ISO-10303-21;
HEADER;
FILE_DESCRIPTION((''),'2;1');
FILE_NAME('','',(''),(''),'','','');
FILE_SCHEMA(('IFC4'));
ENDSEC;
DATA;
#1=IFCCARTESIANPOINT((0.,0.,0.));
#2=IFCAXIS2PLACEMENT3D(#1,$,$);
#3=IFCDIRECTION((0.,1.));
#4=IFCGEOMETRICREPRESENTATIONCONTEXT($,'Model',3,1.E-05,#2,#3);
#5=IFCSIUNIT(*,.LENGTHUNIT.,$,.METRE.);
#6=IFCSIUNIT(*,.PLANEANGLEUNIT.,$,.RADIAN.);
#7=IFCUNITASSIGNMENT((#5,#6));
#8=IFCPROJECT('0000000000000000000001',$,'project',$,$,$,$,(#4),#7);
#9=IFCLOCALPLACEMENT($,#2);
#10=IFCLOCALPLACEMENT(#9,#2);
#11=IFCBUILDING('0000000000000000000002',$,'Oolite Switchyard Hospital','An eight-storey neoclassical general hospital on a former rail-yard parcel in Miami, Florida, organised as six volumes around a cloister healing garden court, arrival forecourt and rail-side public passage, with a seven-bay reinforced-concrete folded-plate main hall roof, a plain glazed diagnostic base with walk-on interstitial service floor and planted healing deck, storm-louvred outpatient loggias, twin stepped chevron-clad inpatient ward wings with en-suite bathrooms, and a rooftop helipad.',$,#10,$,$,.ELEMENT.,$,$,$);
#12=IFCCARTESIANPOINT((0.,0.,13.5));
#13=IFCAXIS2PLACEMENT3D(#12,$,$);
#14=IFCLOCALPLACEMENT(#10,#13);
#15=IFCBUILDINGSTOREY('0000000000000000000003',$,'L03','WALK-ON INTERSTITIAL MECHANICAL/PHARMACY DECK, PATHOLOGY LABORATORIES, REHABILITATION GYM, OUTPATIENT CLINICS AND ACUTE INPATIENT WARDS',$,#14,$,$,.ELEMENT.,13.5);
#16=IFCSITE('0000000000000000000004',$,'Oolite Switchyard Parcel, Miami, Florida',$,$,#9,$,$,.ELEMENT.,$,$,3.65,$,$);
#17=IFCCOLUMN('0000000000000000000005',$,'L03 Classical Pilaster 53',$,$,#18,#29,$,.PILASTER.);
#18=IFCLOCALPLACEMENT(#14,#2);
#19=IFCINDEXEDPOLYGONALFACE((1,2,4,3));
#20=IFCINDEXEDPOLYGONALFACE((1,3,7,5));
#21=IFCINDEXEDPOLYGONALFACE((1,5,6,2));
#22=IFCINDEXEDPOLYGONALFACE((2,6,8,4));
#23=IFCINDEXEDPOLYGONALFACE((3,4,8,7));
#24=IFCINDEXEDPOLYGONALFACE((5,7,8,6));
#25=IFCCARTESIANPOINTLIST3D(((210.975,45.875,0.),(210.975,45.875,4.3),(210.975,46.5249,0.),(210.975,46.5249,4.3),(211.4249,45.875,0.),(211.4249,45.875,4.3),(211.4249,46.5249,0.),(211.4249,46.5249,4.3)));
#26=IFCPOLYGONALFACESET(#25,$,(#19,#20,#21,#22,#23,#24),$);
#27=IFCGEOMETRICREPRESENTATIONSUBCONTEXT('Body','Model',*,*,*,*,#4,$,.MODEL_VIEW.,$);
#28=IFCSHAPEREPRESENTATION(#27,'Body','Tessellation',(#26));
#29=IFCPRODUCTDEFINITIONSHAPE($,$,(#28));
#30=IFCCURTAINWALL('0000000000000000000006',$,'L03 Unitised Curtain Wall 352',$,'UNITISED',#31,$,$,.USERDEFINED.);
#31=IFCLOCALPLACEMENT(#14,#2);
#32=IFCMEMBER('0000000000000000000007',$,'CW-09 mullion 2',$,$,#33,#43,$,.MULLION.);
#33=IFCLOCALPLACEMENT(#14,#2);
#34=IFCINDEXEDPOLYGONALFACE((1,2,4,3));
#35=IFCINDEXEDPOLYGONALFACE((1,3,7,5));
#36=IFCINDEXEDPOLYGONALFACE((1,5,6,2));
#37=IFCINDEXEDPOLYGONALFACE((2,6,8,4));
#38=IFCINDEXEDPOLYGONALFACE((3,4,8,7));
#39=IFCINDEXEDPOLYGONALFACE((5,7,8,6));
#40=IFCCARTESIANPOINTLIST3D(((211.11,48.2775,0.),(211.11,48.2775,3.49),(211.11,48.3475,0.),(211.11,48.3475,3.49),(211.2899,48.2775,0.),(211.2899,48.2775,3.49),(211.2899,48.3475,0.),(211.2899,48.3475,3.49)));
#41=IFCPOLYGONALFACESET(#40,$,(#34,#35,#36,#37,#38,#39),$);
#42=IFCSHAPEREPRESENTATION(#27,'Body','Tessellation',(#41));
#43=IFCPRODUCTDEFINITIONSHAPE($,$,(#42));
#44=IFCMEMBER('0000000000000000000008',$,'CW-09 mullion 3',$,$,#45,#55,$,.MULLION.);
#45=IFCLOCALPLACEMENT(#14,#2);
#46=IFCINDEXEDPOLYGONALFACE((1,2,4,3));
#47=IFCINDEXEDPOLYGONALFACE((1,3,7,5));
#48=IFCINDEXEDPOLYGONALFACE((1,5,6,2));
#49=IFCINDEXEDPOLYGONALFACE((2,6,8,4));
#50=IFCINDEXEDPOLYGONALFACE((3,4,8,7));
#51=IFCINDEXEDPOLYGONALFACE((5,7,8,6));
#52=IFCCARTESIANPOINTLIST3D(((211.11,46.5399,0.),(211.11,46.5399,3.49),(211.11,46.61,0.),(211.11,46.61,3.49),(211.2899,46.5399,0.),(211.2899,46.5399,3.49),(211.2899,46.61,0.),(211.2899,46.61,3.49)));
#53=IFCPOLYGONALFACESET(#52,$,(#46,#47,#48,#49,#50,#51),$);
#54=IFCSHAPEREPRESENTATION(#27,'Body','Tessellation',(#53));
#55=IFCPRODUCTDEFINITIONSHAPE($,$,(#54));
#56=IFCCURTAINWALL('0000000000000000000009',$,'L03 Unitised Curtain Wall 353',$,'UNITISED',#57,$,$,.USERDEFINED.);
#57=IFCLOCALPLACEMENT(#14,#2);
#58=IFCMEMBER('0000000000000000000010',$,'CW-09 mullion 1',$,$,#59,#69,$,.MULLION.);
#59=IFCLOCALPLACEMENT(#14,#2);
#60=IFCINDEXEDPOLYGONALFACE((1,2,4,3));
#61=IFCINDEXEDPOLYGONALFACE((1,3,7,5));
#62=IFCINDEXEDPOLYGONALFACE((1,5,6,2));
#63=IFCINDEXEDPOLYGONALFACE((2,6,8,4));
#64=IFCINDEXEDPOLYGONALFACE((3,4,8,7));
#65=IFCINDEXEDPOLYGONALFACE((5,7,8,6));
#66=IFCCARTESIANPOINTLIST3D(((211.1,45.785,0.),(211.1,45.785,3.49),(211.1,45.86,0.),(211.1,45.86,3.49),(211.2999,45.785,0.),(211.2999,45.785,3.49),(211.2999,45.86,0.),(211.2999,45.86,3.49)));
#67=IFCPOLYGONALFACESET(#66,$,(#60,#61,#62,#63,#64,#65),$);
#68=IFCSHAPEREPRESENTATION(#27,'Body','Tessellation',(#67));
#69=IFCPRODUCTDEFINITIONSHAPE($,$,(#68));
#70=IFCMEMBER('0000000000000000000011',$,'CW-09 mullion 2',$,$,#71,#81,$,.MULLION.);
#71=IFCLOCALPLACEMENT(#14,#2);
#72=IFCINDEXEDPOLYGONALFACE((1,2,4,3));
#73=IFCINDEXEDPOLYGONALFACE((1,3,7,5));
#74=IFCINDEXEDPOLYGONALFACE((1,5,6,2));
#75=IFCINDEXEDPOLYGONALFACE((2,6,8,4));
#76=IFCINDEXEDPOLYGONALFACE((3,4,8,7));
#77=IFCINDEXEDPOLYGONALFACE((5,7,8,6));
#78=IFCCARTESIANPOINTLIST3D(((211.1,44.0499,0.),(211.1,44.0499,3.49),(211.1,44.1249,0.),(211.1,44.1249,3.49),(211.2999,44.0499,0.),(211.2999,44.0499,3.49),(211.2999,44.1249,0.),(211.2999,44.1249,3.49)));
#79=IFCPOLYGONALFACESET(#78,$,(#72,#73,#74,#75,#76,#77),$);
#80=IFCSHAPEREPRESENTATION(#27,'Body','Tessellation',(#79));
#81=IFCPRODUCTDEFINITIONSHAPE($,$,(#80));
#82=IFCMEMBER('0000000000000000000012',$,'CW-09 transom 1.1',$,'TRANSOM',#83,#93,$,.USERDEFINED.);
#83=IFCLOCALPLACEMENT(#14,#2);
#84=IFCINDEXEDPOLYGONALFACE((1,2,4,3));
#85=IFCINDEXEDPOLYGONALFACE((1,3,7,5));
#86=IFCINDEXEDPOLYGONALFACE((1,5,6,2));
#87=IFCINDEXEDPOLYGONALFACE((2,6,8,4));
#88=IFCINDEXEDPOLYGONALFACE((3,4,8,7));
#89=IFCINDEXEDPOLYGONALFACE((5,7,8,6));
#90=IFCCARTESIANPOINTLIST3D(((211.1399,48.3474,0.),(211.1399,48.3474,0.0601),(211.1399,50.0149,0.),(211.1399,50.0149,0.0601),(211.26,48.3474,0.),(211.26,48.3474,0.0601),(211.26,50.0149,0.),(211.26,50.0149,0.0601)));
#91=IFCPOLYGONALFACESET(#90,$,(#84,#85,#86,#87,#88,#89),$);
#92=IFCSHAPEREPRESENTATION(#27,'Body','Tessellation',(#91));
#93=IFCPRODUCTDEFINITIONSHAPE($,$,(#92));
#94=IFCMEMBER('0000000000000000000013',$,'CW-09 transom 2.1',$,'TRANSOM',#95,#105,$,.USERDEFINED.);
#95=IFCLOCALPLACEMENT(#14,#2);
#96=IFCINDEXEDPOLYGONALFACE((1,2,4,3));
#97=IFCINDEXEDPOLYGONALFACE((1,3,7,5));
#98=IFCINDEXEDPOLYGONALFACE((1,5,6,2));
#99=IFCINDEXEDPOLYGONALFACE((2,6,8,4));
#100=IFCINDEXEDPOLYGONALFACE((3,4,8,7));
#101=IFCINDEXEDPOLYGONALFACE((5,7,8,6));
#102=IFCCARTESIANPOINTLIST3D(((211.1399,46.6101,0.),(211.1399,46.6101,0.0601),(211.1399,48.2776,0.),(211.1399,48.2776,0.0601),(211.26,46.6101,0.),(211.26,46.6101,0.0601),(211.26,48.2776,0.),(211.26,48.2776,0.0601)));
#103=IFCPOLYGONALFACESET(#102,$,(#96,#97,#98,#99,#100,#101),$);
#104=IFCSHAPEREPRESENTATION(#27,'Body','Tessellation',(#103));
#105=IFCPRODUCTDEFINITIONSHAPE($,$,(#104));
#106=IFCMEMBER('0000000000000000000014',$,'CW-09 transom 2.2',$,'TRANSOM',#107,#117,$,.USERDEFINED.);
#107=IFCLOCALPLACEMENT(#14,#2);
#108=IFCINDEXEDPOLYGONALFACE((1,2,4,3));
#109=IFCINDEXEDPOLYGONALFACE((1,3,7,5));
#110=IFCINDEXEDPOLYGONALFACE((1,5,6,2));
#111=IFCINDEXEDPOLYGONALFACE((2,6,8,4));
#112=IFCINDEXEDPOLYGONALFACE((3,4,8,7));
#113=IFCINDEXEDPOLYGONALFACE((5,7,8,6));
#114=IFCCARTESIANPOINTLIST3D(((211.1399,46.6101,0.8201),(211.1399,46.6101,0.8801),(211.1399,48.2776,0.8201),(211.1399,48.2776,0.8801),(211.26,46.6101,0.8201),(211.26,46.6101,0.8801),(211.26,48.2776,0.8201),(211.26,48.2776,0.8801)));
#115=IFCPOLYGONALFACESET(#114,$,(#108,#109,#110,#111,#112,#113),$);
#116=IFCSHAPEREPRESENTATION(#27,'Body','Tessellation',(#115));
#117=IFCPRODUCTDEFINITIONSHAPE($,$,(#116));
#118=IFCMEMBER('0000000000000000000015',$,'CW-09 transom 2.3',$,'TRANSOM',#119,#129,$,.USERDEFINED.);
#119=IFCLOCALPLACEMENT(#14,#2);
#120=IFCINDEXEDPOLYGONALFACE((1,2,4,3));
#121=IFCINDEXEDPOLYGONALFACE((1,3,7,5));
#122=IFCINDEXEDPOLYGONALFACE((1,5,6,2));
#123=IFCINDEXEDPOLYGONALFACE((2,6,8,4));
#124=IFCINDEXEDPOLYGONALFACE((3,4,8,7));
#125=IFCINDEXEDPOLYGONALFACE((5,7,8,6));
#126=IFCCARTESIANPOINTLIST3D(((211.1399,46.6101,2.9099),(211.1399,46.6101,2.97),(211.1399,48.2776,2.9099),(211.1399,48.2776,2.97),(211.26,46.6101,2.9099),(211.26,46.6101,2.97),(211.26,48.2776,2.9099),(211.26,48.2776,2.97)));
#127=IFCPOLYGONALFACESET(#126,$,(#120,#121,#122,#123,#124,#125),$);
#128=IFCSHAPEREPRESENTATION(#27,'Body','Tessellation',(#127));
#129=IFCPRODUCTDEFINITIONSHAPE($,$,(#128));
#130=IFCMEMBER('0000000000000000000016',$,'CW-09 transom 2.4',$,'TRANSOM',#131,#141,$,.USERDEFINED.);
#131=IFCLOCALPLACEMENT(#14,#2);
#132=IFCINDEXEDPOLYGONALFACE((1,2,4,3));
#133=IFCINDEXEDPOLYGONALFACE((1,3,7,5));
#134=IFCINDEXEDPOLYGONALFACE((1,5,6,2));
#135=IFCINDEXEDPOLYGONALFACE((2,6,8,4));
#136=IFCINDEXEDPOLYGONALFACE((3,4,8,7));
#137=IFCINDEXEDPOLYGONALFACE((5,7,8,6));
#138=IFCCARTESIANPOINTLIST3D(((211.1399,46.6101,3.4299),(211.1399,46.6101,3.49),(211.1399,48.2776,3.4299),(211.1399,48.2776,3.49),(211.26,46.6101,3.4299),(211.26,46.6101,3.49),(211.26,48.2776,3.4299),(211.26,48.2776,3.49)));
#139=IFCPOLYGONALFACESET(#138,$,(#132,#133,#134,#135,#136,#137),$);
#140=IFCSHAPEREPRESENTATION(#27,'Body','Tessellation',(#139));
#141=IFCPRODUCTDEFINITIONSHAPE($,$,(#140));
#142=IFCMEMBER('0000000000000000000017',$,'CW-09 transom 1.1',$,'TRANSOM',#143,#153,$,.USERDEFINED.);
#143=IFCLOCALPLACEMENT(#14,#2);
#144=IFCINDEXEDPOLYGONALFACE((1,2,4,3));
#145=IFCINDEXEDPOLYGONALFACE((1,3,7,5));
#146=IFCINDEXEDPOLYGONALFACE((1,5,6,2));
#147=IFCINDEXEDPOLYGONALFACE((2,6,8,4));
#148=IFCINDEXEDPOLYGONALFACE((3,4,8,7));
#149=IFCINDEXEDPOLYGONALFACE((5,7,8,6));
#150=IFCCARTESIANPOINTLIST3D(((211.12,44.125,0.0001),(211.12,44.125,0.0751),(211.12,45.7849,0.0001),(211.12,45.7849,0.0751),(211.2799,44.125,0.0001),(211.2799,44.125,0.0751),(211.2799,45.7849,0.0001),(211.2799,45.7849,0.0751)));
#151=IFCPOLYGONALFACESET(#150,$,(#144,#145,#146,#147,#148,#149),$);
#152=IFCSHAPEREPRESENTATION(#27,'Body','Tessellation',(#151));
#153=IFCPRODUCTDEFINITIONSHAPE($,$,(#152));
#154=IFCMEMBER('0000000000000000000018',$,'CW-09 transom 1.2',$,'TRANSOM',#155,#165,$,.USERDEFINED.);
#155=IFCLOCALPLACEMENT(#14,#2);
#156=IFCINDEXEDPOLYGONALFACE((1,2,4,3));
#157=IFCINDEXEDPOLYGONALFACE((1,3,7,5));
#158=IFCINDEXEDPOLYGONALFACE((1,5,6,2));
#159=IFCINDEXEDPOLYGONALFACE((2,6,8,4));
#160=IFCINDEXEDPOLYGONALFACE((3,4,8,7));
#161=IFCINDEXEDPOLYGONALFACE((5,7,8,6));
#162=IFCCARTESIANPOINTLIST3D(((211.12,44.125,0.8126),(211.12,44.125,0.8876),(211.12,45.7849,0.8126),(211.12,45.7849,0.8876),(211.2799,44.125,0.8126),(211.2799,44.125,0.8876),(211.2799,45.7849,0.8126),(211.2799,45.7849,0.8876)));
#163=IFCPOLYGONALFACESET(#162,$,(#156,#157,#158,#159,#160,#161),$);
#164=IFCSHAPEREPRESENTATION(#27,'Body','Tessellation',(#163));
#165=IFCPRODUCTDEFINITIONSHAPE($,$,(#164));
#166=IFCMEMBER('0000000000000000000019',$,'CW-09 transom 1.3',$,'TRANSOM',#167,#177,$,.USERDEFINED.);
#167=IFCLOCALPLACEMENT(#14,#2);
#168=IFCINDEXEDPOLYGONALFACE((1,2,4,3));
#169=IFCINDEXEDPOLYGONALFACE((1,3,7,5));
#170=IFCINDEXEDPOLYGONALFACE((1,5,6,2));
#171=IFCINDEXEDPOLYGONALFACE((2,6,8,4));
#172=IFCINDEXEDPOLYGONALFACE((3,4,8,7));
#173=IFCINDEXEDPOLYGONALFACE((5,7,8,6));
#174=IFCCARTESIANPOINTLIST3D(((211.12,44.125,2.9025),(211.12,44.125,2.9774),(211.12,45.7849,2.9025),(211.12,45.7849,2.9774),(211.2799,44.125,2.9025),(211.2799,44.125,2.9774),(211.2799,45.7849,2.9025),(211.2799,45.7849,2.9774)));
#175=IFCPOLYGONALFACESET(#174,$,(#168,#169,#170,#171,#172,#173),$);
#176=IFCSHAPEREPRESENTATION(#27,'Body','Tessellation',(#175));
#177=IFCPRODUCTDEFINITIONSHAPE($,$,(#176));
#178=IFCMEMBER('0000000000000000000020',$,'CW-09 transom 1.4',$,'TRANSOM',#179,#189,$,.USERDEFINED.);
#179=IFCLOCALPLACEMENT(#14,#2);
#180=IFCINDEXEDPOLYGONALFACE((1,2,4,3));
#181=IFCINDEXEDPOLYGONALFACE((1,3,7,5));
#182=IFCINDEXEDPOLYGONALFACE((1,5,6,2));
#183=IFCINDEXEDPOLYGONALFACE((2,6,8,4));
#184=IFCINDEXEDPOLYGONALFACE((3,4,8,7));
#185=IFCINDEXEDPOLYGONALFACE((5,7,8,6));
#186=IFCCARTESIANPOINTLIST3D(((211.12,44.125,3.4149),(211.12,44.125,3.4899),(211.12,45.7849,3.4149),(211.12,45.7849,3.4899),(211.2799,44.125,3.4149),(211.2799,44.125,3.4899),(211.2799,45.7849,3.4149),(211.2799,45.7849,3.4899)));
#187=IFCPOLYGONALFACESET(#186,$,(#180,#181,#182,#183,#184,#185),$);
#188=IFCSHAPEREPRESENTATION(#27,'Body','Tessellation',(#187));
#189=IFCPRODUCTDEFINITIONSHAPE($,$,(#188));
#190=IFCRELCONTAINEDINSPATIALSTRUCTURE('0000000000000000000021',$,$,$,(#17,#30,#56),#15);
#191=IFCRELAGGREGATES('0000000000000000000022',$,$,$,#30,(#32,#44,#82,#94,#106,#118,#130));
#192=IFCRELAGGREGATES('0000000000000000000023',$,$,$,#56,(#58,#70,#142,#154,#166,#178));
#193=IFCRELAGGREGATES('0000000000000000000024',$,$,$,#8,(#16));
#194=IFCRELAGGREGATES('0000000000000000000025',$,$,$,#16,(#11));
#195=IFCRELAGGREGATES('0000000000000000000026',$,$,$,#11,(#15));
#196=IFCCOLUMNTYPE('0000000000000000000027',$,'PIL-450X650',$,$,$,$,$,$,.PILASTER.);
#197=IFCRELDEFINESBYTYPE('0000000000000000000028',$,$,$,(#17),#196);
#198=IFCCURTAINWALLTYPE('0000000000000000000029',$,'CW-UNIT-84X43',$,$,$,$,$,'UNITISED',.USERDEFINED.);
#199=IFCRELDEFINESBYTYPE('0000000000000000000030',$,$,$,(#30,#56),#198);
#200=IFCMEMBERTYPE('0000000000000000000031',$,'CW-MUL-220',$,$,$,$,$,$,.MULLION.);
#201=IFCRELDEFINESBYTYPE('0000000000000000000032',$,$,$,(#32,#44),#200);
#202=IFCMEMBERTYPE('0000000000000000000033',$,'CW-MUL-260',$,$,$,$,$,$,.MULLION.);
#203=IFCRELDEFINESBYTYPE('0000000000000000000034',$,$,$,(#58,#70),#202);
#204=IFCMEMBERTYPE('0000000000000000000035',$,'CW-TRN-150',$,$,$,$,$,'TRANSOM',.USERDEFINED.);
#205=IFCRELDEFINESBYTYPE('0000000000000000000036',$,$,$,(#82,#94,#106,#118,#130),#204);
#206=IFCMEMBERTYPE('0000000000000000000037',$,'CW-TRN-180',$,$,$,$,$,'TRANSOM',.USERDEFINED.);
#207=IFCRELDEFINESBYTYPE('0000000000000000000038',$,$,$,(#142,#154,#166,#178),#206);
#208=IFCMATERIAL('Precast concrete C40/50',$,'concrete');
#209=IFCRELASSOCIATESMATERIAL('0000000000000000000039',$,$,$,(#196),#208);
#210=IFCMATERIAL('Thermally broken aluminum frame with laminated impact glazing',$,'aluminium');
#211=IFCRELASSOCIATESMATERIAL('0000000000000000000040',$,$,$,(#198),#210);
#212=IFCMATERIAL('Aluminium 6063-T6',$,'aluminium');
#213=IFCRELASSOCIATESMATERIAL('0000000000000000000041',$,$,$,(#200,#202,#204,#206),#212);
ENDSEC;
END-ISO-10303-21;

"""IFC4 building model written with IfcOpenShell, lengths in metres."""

from ifc_helpers import new_model, si_unit, direction, frame, origin, origin_2d, place, context, subcontext, project, spatial, rectangle, extrude, material, material_profile, profile_set, type_object, element, aggregate, save


model = new_model("IFC4")

# Units and contexts
model_context = context("Model", 3, precision=1e-05, world=origin(), true_north=direction((0.0, 1.0)))
body_context = subcontext(model_context, "Body", "Model", "MODEL_VIEW")
ifc_project = project(units=[si_unit("LENGTHUNIT", "METRE"), si_unit("PLANEANGLEUNIT", "RADIAN")], contexts=[model_context])

# Site, building, storey
site_placement = place(None, origin())
site = spatial("IfcSite", under=ifc_project, at=site_placement, Name="Oolite Switchyard Parcel, Miami, Florida", CompositionType="ELEMENT", RefElevation=3.65)
building_placement = place(site_placement, origin())
building = spatial("IfcBuilding", under=site, at=building_placement, Name="Oolite Switchyard Hospital", Description="An eight-storey neoclassical general hospital on a former rail-yard parcel in Miami, Florida, organised as six volumes around a cloister healing garden court, arrival forecourt and rail-side public passage, with a seven-bay reinforced-concrete folded-plate main hall roof, a plain glazed diagnostic base with walk-on interstitial service floor and planted healing deck, storm-louvred outpatient loggias, twin stepped chevron-clad inpatient ward wings with en-suite bathrooms, and a rooftop helipad.", CompositionType="ELEMENT")
storey_placement = place(building_placement, frame((0.0, 0.0, 13.5)))
storey = spatial("IfcBuildingStorey", under=building, at=storey_placement, Name="L03", Description="WALK-ON INTERSTITIAL MECHANICAL/PHARMACY DECK, PATHOLOGY LABORATORIES, REHABILITATION GYM, OUTPATIENT CLINICS AND ACUTE INPATIENT WARDS", CompositionType="ELEMENT", Elevation=13.5)

# Column
ifc_material_1 = material(Name="Precast concrete C40/50", Category="concrete")
ifc_material_profile_1 = material_profile(ifc_material_1, rectangle(XDim=0.45, YDim=0.6499, at=origin_2d()), Name="PIL450X650")
ifc_profile_set_1 = profile_set([ifc_material_profile_1], Name="Precast concrete C40/50")
column_type = type_object("IfcColumnType", Name="PIL-450X650", PredefinedType="PILASTER", material=ifc_profile_set_1)
column_placement = place(storey_placement, frame((211.2, 46.2, 0.0), z_axis=(0.0, 0.0, 1.0), x_axis=(1.0, 0.0, 0.0)))
element("IfcColumn", 1, at=column_placement, inside=storey, type_object=column_type, Name="L03 Classical Pilaster 53", PredefinedType="PILASTER", context=body_context, shape_type="SweptSolid", body=[
    extrude(rectangle(XDim=0.45, YDim=0.6499, at=origin_2d()), origin(), (0.0, 0.0, 1.0), 4.3),
])

# Curtain walls, members
ifc_material_2 = material(Name="Thermally broken aluminum frame with laminated impact glazing", Category="aluminium")
curtain_wall_type = type_object("IfcCurtainWallType", Name="CW-UNIT-84X43", ElementType="UNITISED", PredefinedType="USERDEFINED", material=ifc_material_2)
curtain_wall_1_placement = place(storey_placement, origin())
curtain_wall_1 = element("IfcCurtainWall", 2, at=curtain_wall_1_placement, inside=storey, type_object=curtain_wall_type, Name="L03 Unitised Curtain Wall 352", ObjectType="UNITISED", PredefinedType="USERDEFINED")
ifc_material_3 = material(Name="Aluminium 6063-T6", Category="aluminium")
ifc_material_profile_2 = material_profile(ifc_material_3, rectangle(XDim=0.1799, YDim=0.0701, at=origin_2d()), Name="CWM70X180")
ifc_profile_set_2 = profile_set([ifc_material_profile_2], Name="Aluminium 6063-T6")
member_type_1 = type_object("IfcMemberType", Name="CW-MUL-220", PredefinedType="MULLION", material=ifc_profile_set_2)
member_1_placement = place(storey_placement, frame((211.2, 48.3125, 0.0), z_axis=(0.0, 0.0, 1.0), x_axis=(1.0, 0.0, 0.0)))
member_1 = element("IfcMember", 3, at=member_1_placement, type_object=member_type_1, Name="CW-09 mullion 2", PredefinedType="MULLION", context=body_context, shape_type="SweptSolid", body=[
    extrude(rectangle(XDim=0.1799, YDim=0.0701, at=origin_2d()), origin(), (0.0, 0.0, 1.0), 3.49),
])
member_2_placement = place(storey_placement, frame((211.2, 46.575, 0.0), z_axis=(0.0, 0.0, 1.0), x_axis=(1.0, 0.0, 0.0)))
member_2 = element("IfcMember", 4, at=member_2_placement, type_object=member_type_1, Name="CW-09 mullion 3", PredefinedType="MULLION", context=body_context, shape_type="SweptSolid", body=[
    extrude(rectangle(XDim=0.1799, YDim=0.0701, at=origin_2d()), origin(), (0.0, 0.0, 1.0), 3.49),
])
curtain_wall_2_placement = place(storey_placement, origin())
curtain_wall_2 = element("IfcCurtainWall", 5, at=curtain_wall_2_placement, inside=storey, type_object=curtain_wall_type, Name="L03 Unitised Curtain Wall 353", ObjectType="UNITISED", PredefinedType="USERDEFINED")
ifc_material_profile_3 = material_profile(ifc_material_3, rectangle(XDim=0.2, YDim=0.075, at=origin_2d()), Name="CWM75X200")
ifc_profile_set_3 = profile_set([ifc_material_profile_3], Name="Aluminium 6063-T6")
member_type_2 = type_object("IfcMemberType", Name="CW-MUL-260", PredefinedType="MULLION", material=ifc_profile_set_3)
member_3_placement = place(storey_placement, frame((211.2, 45.8225, 0.0), z_axis=(0.0, 0.0, 1.0), x_axis=(1.0, 0.0, 0.0)))
member_3 = element("IfcMember", 6, at=member_3_placement, type_object=member_type_2, Name="CW-09 mullion 1", PredefinedType="MULLION", context=body_context, shape_type="SweptSolid", body=[
    extrude(rectangle(XDim=0.2, YDim=0.075, at=origin_2d()), origin(), (0.0, 0.0, 1.0), 3.49),
])
member_4_placement = place(storey_placement, frame((211.2, 44.0874, 0.0), z_axis=(0.0, 0.0, 1.0), x_axis=(1.0, 0.0, 0.0)))
member_4 = element("IfcMember", 7, at=member_4_placement, type_object=member_type_2, Name="CW-09 mullion 2", PredefinedType="MULLION", context=body_context, shape_type="SweptSolid", body=[
    extrude(rectangle(XDim=0.2, YDim=0.075, at=origin_2d()), origin(), (0.0, 0.0, 1.0), 3.49),
])

# Members
ifc_material_profile_4 = material_profile(ifc_material_3, rectangle(XDim=0.1201, YDim=0.0601, at=origin_2d()), Name="CWT60X120")
ifc_profile_set_4 = profile_set([ifc_material_profile_4], Name="Aluminium 6063-T6")
member_type_3 = type_object("IfcMemberType", Name="CW-TRN-150", ElementType="TRANSOM", PredefinedType="USERDEFINED", material=ifc_profile_set_4)
member_5_placement = place(storey_placement, frame((211.2, 50.0149, 0.03), z_axis=(0.0, -1.0, 0.0), x_axis=(1.0, 0.0, 0.0)))
member_5 = element("IfcMember", 8, at=member_5_placement, type_object=member_type_3, Name="CW-09 transom 1.1", ObjectType="TRANSOM", PredefinedType="USERDEFINED", context=body_context, shape_type="SweptSolid", body=[
    extrude(rectangle(XDim=0.1201, YDim=0.0601, at=origin_2d()), origin(), (0.0, 0.0, 1.0), 1.6675),
])
member_6_placement = place(storey_placement, frame((211.2, 48.2776, 0.03), z_axis=(0.0, -1.0, 0.0), x_axis=(1.0, 0.0, 0.0)))
member_6 = element("IfcMember", 9, at=member_6_placement, type_object=member_type_3, Name="CW-09 transom 2.1", ObjectType="TRANSOM", PredefinedType="USERDEFINED", context=body_context, shape_type="SweptSolid", body=[
    extrude(rectangle(XDim=0.1201, YDim=0.0601, at=origin_2d()), origin(), (0.0, 0.0, 1.0), 1.6675),
])
member_7_placement = place(storey_placement, frame((211.2, 48.2776, 0.8501), z_axis=(0.0, -1.0, 0.0), x_axis=(1.0, 0.0, 0.0)))
member_7 = element("IfcMember", 10, at=member_7_placement, type_object=member_type_3, Name="CW-09 transom 2.2", ObjectType="TRANSOM", PredefinedType="USERDEFINED", context=body_context, shape_type="SweptSolid", body=[
    extrude(rectangle(XDim=0.1201, YDim=0.0601, at=origin_2d()), origin(), (0.0, 0.0, 1.0), 1.6675),
])
member_8_placement = place(storey_placement, frame((211.2, 48.2776, 2.9399), z_axis=(0.0, -1.0, 0.0), x_axis=(1.0, 0.0, 0.0)))
member_8 = element("IfcMember", 11, at=member_8_placement, type_object=member_type_3, Name="CW-09 transom 2.3", ObjectType="TRANSOM", PredefinedType="USERDEFINED", context=body_context, shape_type="SweptSolid", body=[
    extrude(rectangle(XDim=0.1201, YDim=0.0601, at=origin_2d()), origin(), (0.0, 0.0, 1.0), 1.6675),
])
member_9_placement = place(storey_placement, frame((211.2, 48.2776, 3.46), z_axis=(0.0, -1.0, 0.0), x_axis=(1.0, 0.0, 0.0)))
member_9 = element("IfcMember", 12, at=member_9_placement, type_object=member_type_3, Name="CW-09 transom 2.4", ObjectType="TRANSOM", PredefinedType="USERDEFINED", context=body_context, shape_type="SweptSolid", body=[
    extrude(rectangle(XDim=0.1201, YDim=0.0601, at=origin_2d()), origin(), (0.0, 0.0, 1.0), 1.6675),
])
ifc_material_profile_5 = material_profile(ifc_material_3, rectangle(XDim=0.1599, YDim=0.075, at=origin_2d()), Name="CWT75X160")
ifc_profile_set_5 = profile_set([ifc_material_profile_5], Name="Aluminium 6063-T6")
member_type_4 = type_object("IfcMemberType", Name="CW-TRN-180", ElementType="TRANSOM", PredefinedType="USERDEFINED", material=ifc_profile_set_5)
member_10_placement = place(storey_placement, frame((211.2, 45.7849, 0.0376), z_axis=(0.0, -1.0, 0.0), x_axis=(1.0, 0.0, 0.0)))
member_10 = element("IfcMember", 13, at=member_10_placement, type_object=member_type_4, Name="CW-09 transom 1.1", ObjectType="TRANSOM", PredefinedType="USERDEFINED", context=body_context, shape_type="SweptSolid", body=[
    extrude(rectangle(XDim=0.1599, YDim=0.075, at=origin_2d()), origin(), (0.0, 0.0, 1.0), 1.6599),
])
member_11_placement = place(storey_placement, frame((211.2, 45.7849, 0.8501), z_axis=(0.0, -1.0, 0.0), x_axis=(1.0, 0.0, 0.0)))
member_11 = element("IfcMember", 14, at=member_11_placement, type_object=member_type_4, Name="CW-09 transom 1.2", ObjectType="TRANSOM", PredefinedType="USERDEFINED", context=body_context, shape_type="SweptSolid", body=[
    extrude(rectangle(XDim=0.1599, YDim=0.075, at=origin_2d()), origin(), (0.0, 0.0, 1.0), 1.6599),
])
member_12_placement = place(storey_placement, frame((211.2, 45.7849, 2.9399), z_axis=(0.0, -1.0, 0.0), x_axis=(1.0, 0.0, 0.0)))
member_12 = element("IfcMember", 15, at=member_12_placement, type_object=member_type_4, Name="CW-09 transom 1.3", ObjectType="TRANSOM", PredefinedType="USERDEFINED", context=body_context, shape_type="SweptSolid", body=[
    extrude(rectangle(XDim=0.1599, YDim=0.075, at=origin_2d()), origin(), (0.0, 0.0, 1.0), 1.6599),
])
member_13_placement = place(storey_placement, frame((211.2, 45.7849, 3.4524), z_axis=(0.0, -1.0, 0.0), x_axis=(1.0, 0.0, 0.0)))
member_13 = element("IfcMember", 16, at=member_13_placement, type_object=member_type_4, Name="CW-09 transom 1.4", ObjectType="TRANSOM", PredefinedType="USERDEFINED", context=body_context, shape_type="SweptSolid", body=[
    extrude(rectangle(XDim=0.1599, YDim=0.075, at=origin_2d()), origin(), (0.0, 0.0, 1.0), 1.6599),
])

aggregate(curtain_wall_1, [member_1, member_2, member_5, member_6, member_7, member_8, member_9])
aggregate(curtain_wall_2, [member_3, member_4, member_10, member_11, member_12, member_13])

save(model, "model.ifc")
